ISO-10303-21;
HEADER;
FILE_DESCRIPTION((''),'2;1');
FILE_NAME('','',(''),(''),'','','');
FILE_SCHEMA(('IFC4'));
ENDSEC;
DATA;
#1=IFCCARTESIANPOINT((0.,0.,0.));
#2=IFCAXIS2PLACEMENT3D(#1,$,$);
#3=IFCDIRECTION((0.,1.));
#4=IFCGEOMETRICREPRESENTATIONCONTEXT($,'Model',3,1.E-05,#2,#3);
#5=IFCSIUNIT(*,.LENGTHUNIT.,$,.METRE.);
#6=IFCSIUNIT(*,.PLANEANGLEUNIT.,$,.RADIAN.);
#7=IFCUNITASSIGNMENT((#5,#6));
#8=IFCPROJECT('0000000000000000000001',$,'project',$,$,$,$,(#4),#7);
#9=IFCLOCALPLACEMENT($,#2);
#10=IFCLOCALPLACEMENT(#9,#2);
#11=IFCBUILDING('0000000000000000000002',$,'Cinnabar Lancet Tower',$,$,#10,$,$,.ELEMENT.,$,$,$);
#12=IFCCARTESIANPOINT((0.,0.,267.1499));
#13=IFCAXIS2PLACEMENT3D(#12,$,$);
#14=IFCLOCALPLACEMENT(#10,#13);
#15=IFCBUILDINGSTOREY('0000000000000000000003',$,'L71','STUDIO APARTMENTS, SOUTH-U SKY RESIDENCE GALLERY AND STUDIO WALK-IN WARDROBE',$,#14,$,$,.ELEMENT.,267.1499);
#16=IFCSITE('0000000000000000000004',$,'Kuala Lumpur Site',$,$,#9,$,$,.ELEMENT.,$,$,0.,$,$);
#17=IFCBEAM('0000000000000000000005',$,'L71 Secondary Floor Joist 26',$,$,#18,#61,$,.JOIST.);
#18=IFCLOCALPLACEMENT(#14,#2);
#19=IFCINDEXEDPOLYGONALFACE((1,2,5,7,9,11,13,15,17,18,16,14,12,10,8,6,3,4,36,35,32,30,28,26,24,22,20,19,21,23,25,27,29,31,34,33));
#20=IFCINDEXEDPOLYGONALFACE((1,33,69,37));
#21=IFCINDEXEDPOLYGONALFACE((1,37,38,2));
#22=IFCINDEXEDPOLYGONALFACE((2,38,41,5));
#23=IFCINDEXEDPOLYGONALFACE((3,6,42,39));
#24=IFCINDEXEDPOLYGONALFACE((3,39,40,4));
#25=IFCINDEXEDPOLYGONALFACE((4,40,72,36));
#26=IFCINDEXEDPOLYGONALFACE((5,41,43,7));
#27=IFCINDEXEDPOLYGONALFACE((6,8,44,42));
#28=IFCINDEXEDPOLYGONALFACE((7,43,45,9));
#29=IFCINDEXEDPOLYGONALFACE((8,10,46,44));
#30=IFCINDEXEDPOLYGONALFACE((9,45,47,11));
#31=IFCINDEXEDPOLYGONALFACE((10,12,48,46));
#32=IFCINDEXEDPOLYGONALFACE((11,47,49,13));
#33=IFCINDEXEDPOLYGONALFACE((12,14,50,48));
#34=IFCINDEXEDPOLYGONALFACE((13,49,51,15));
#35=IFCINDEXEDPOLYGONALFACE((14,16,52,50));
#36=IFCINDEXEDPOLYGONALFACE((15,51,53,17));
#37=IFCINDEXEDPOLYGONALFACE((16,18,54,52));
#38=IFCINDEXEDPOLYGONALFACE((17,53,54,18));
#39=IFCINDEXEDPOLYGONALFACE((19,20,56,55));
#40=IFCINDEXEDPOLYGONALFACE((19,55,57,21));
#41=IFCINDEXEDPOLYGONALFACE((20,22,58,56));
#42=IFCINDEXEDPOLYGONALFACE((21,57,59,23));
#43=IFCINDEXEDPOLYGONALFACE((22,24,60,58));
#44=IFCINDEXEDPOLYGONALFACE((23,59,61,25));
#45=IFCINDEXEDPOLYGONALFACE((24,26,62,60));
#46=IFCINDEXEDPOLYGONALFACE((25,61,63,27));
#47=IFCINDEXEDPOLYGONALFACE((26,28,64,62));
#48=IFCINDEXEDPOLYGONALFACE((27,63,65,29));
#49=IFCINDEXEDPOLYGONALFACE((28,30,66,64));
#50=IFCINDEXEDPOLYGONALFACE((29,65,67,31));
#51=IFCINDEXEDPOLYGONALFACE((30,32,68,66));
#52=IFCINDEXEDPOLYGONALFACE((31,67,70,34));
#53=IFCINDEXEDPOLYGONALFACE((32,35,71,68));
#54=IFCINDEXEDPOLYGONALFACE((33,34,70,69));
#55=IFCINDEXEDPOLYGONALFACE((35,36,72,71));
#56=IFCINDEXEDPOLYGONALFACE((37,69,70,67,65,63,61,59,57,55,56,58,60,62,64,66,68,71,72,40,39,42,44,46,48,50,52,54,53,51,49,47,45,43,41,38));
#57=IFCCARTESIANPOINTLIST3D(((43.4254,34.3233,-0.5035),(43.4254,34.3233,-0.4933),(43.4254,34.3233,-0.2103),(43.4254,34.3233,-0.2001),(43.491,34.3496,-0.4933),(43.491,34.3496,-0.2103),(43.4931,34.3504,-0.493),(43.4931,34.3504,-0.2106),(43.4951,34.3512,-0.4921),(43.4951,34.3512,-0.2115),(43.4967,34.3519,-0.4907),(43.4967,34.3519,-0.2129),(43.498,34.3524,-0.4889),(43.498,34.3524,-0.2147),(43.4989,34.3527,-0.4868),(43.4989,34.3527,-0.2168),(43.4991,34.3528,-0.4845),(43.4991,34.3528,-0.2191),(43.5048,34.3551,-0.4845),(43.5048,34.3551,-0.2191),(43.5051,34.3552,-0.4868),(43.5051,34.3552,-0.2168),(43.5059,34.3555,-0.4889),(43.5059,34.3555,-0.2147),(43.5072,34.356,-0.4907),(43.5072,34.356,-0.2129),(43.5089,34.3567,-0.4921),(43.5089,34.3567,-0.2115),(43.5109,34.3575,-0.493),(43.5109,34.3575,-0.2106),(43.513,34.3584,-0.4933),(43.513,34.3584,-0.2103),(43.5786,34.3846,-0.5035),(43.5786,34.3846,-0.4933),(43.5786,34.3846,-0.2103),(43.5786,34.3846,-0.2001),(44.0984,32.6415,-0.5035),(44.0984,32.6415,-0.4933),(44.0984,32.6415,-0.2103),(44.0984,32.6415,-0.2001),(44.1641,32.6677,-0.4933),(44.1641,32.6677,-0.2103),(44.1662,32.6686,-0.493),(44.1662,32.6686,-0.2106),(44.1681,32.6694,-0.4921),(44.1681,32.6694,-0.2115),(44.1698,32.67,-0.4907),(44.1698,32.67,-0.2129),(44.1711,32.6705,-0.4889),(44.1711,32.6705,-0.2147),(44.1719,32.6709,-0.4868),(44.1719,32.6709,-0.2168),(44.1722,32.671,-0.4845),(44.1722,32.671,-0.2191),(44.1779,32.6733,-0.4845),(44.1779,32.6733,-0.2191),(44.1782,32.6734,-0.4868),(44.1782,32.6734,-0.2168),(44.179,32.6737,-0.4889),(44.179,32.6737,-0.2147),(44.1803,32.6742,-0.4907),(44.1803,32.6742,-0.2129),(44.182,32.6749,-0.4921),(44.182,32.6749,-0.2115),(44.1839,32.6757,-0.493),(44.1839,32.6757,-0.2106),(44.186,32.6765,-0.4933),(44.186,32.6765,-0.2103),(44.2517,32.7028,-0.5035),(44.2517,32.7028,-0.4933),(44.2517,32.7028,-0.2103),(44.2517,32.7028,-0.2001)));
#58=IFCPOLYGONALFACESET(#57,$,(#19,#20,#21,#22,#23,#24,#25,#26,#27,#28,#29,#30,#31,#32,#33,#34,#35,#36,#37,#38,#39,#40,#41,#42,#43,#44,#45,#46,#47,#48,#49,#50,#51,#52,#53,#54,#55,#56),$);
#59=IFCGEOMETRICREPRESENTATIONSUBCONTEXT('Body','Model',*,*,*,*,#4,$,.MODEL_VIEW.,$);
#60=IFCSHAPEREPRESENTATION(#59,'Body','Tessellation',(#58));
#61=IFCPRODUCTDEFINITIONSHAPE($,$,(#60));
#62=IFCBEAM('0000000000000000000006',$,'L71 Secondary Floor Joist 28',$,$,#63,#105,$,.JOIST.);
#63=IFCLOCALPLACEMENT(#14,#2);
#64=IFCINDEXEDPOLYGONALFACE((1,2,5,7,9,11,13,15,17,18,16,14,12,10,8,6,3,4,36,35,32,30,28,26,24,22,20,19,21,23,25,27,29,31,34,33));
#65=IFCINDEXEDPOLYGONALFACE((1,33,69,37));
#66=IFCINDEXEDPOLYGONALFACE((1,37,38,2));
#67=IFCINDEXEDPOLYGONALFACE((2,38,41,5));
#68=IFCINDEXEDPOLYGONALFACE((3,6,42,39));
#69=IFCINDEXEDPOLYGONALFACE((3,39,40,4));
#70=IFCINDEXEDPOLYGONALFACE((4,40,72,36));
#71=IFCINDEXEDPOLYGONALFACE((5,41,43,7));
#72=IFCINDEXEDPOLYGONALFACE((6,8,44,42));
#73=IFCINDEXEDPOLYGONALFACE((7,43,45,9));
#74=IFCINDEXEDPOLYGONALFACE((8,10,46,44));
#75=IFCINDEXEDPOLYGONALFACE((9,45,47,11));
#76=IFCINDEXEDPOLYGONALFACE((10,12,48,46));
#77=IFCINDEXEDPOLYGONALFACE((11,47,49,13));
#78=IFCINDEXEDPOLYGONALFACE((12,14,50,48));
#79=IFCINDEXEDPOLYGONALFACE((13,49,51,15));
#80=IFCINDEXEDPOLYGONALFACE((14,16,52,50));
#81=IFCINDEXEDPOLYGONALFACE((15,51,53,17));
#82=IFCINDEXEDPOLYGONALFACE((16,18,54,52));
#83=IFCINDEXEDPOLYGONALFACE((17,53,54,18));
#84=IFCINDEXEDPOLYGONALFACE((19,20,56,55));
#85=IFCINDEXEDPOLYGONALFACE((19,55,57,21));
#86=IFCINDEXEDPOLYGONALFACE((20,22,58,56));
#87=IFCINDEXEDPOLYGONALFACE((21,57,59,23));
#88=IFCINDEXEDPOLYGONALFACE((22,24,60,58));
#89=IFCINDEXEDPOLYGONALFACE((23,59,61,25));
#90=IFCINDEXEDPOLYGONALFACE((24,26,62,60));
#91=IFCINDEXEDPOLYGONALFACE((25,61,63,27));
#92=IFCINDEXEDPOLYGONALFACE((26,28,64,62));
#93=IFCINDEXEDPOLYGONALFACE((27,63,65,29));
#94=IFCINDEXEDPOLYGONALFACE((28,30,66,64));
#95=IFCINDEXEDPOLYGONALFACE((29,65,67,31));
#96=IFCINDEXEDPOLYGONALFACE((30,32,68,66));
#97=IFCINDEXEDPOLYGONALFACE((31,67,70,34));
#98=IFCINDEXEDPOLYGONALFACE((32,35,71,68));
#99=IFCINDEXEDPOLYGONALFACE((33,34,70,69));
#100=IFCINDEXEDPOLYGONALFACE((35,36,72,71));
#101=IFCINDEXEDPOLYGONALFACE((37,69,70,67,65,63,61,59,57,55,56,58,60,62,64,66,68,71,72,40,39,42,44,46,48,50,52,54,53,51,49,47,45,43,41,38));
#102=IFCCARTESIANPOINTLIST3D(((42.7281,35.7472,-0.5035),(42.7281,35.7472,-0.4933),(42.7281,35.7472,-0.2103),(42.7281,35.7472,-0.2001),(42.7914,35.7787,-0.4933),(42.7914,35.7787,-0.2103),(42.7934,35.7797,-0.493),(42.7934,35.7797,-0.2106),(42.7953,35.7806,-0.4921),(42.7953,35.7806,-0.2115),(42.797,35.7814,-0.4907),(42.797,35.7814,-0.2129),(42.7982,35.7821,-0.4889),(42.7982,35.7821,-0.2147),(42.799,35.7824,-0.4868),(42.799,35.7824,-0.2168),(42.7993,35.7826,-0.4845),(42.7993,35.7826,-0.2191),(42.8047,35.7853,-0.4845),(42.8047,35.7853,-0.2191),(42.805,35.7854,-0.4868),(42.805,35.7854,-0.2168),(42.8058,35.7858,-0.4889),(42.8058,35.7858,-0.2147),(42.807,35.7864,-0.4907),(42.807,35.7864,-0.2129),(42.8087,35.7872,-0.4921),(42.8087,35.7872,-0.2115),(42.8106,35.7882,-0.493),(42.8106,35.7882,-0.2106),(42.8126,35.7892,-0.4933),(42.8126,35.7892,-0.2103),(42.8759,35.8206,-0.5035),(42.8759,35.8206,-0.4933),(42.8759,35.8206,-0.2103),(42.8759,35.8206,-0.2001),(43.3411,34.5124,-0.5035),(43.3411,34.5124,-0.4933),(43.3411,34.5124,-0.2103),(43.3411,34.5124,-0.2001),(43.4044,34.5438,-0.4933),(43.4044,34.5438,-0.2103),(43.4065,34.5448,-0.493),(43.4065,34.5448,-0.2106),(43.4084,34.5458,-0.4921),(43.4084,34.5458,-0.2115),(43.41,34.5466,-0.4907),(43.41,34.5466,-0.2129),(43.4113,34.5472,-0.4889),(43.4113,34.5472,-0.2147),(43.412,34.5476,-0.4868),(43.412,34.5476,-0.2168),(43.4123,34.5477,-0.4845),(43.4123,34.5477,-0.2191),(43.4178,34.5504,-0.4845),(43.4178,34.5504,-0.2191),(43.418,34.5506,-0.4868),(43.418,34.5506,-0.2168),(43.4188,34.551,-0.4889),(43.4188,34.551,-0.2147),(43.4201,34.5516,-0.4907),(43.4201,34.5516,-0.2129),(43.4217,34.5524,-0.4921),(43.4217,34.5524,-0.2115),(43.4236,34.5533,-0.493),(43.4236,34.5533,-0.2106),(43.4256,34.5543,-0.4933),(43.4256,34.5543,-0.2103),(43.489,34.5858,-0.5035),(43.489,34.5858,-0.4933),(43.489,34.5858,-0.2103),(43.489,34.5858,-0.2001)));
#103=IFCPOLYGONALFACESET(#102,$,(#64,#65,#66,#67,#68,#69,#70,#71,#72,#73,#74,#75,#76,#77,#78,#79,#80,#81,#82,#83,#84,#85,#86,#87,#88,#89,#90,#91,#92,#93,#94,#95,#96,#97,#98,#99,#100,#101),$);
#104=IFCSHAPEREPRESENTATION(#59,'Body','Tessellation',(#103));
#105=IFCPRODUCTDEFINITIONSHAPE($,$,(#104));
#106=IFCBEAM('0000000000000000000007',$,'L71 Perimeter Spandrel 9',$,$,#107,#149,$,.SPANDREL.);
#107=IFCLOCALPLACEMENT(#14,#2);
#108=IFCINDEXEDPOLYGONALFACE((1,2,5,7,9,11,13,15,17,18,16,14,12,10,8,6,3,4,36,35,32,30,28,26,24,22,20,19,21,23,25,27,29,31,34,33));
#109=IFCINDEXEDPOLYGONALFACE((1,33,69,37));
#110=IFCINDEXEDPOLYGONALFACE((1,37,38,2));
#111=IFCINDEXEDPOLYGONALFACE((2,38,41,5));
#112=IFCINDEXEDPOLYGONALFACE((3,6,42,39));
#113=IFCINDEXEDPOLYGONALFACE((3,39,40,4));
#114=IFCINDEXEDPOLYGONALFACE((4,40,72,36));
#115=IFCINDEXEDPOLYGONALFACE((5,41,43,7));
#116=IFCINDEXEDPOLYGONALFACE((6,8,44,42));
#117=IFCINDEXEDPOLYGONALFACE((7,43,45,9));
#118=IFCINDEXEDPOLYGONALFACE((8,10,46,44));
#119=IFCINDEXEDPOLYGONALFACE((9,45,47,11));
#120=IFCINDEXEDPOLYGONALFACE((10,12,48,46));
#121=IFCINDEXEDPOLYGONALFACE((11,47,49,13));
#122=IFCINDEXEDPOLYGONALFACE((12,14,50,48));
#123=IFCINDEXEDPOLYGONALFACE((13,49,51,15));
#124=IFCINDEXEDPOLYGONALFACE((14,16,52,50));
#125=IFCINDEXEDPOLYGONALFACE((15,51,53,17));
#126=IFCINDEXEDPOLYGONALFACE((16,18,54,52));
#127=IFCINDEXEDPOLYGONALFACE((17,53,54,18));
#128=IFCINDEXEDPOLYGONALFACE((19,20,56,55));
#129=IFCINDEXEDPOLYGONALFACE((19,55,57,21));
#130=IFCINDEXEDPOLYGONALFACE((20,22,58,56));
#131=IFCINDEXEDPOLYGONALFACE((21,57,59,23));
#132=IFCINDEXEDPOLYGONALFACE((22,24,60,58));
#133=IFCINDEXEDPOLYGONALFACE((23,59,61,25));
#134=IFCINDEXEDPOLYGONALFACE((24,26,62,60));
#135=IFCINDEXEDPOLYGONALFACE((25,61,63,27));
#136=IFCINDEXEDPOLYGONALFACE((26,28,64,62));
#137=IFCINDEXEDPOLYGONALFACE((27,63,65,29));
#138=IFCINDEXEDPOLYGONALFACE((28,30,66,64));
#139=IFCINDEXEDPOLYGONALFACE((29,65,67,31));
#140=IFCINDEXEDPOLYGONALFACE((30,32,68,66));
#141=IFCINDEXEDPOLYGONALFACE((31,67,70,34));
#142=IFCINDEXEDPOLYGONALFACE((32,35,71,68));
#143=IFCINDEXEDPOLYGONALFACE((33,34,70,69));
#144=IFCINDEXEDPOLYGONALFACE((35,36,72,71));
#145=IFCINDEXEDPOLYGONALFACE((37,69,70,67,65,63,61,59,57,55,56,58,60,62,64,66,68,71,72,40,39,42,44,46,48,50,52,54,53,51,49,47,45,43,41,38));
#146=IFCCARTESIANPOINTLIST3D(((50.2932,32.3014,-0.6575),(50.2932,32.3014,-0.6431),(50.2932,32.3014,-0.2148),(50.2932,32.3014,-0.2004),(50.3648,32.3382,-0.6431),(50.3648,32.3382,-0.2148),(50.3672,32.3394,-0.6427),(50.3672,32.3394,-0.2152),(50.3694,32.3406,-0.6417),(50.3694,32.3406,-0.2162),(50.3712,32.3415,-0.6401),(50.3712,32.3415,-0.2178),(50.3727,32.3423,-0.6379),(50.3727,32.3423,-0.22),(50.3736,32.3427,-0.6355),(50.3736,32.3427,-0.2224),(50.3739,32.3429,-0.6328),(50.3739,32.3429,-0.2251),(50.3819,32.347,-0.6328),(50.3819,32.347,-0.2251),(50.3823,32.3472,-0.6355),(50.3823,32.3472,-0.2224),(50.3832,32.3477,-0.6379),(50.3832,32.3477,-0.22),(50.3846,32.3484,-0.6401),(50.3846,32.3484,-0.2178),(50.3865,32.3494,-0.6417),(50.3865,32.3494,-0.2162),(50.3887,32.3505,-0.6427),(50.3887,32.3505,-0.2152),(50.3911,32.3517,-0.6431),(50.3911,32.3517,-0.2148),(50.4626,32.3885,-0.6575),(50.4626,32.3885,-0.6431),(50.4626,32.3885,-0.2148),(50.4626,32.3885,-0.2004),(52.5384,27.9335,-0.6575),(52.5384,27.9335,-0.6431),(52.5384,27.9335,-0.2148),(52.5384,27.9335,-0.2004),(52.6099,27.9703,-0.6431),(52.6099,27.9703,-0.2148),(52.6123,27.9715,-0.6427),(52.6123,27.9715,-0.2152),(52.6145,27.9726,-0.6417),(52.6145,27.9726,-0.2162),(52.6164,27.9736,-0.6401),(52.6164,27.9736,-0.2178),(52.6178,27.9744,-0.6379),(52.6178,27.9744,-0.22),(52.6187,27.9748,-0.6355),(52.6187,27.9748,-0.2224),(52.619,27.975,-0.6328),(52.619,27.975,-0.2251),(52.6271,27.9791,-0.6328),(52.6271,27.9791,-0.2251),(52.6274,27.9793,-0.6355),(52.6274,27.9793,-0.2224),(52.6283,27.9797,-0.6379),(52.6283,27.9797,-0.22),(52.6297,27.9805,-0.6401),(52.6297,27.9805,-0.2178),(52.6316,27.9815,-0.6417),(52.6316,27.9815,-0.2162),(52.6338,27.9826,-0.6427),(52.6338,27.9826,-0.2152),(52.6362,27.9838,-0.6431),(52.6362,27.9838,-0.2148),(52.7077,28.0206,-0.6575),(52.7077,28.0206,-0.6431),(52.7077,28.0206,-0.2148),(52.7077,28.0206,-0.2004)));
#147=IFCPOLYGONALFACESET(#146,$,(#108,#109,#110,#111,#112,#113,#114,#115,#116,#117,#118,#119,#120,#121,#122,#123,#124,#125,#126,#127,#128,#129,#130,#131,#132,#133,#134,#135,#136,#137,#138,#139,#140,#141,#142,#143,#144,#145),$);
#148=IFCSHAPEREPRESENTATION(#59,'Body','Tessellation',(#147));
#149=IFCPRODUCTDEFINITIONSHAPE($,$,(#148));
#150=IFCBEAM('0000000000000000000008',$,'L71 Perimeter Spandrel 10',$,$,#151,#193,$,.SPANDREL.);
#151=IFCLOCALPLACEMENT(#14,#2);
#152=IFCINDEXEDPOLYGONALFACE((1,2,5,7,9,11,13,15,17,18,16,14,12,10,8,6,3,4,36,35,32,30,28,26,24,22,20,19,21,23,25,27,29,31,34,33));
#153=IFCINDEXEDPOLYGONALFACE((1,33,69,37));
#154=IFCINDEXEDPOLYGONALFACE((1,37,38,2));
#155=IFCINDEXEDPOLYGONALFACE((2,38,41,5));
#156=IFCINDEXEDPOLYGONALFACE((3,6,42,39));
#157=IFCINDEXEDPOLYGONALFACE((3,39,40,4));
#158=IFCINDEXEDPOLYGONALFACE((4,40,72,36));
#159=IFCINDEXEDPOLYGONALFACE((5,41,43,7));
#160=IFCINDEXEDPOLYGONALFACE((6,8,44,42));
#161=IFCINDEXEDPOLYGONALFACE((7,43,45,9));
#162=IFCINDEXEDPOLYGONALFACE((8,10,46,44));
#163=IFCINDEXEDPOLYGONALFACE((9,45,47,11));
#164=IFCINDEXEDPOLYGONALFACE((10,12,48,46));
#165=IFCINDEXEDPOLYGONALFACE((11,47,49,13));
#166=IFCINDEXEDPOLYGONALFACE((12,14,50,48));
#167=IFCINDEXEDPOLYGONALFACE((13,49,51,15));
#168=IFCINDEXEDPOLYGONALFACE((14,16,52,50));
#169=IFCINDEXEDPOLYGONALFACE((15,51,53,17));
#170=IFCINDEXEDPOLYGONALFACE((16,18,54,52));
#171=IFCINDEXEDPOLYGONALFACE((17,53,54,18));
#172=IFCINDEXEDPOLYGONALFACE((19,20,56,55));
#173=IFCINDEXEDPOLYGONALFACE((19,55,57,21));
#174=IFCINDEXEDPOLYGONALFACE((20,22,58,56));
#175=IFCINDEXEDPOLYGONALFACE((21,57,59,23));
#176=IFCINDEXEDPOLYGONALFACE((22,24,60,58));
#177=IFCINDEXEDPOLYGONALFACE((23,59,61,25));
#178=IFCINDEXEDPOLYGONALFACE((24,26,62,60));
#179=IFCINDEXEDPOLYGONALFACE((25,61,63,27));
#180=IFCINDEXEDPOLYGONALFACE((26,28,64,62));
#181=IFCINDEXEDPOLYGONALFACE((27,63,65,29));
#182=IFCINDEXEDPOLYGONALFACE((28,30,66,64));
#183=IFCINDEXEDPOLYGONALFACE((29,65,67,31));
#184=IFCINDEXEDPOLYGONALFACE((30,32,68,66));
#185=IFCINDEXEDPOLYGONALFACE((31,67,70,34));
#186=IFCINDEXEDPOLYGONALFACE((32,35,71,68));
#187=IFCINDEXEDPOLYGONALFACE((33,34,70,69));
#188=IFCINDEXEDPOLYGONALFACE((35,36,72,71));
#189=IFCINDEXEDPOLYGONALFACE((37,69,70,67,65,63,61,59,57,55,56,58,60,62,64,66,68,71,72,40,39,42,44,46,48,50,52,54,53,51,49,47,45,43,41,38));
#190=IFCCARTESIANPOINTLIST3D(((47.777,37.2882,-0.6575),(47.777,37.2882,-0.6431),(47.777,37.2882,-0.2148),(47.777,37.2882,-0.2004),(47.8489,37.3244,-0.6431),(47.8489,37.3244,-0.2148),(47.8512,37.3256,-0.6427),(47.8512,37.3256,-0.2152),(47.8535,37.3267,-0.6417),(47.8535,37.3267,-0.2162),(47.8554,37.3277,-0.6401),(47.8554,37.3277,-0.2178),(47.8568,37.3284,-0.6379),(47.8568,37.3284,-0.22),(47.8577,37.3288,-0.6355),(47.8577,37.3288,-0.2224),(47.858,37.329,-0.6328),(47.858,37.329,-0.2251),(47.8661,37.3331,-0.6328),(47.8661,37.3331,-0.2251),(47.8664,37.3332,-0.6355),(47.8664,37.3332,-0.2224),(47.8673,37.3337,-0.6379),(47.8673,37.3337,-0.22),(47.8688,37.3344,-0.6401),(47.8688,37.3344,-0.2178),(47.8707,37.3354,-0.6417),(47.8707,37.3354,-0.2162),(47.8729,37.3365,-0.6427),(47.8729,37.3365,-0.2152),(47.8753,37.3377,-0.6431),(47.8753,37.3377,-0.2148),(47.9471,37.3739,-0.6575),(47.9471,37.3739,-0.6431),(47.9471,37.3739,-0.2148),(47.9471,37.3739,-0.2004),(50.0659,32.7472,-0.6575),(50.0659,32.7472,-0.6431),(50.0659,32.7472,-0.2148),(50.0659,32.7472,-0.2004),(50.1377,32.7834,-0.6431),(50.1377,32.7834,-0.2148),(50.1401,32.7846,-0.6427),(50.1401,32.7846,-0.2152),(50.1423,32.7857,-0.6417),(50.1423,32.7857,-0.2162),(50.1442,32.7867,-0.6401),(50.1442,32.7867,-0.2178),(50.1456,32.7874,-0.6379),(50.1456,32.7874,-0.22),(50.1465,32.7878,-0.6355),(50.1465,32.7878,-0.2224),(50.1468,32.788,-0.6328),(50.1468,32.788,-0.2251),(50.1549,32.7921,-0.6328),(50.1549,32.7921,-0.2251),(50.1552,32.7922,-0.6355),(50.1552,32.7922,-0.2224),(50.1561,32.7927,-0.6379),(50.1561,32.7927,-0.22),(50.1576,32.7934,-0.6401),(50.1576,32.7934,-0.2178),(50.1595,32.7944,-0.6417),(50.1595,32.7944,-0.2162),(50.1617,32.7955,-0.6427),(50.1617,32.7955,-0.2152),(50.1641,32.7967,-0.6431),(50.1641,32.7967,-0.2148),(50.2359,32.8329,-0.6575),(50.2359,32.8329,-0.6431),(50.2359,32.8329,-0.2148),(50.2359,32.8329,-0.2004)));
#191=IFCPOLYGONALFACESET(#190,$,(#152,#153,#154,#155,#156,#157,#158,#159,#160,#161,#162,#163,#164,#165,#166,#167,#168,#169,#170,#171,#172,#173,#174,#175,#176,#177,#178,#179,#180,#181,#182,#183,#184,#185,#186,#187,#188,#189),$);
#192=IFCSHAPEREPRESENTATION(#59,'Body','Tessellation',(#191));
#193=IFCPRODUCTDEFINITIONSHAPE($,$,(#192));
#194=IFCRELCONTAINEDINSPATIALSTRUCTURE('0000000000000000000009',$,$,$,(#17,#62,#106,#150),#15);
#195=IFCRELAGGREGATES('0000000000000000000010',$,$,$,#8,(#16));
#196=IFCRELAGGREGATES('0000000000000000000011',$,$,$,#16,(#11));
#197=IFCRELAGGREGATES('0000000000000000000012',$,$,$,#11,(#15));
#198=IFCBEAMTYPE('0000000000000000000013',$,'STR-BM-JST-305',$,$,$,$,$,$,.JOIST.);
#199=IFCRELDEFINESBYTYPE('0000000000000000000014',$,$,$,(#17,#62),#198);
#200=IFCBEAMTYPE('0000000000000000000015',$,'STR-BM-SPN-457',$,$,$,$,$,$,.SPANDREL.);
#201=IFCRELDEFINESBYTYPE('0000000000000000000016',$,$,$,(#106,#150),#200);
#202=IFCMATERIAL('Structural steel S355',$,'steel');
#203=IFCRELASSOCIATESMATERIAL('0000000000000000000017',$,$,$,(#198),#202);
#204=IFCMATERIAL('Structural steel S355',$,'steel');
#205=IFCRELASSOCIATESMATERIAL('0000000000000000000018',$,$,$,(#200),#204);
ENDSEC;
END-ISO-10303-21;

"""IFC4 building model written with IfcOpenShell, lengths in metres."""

from ifc_helpers import new_model, si_unit, direction, frame, origin, origin_2d, place, context, subcontext, project, spatial, i_section, extrude, material, material_profile, profile_set, type_object, element, save


model = new_model("IFC4")

# Units and contexts
model_context = context("Model", 3, precision=1e-05, world=origin(), true_north=direction((0.0, 1.0)))
body_context = subcontext(model_context, "Body", "Model", "MODEL_VIEW")
ifc_project = project(units=[si_unit("LENGTHUNIT", "METRE"), si_unit("PLANEANGLEUNIT", "RADIAN")], contexts=[model_context])

# Site, building, storey
site_placement = place(None, origin())
site = spatial("IfcSite", under=ifc_project, at=site_placement, Name="Kuala Lumpur Site", CompositionType="ELEMENT", RefElevation=0.0)
building_placement = place(site_placement, origin())
building = spatial("IfcBuilding", under=site, at=building_placement, Name="Cinnabar Lancet Tower", CompositionType="ELEMENT")
storey_placement = place(building_placement, frame((0.0, 0.0, 267.1499)))
storey = spatial("IfcBuildingStorey", under=building, at=storey_placement, Name="L71", Description="STUDIO APARTMENTS, SOUTH-U SKY RESIDENCE GALLERY AND STUDIO WALK-IN WARDROBE", CompositionType="ELEMENT", Elevation=267.1499)

# Beams
ifc_material_1 = material(Name="Structural steel S355", Category="steel")
ifc_material_profile_1 = material_profile(ifc_material_1, i_section(OverallWidth=0.165, OverallDepth=0.3035, WebThickness=0.0061, FlangeThickness=0.0103, FilletRadius=0.0088, at=origin_2d()), Name="UKB 305x165x40")
ifc_profile_set_1 = profile_set([ifc_material_profile_1], Name="Structural steel S355")
beam_type_1 = type_object("IfcBeamType", Name="STR-BM-JST-305", PredefinedType="JOIST", material=ifc_profile_set_1)
beam_1_placement = place(storey_placement, frame((44.175, 32.6721, -0.3518), z_axis=(-0.371553, 0.928412, 0.0), x_axis=(-0.928412, -0.371553, 0.0)))
element("IfcBeam", 1, at=beam_1_placement, inside=storey, type_object=beam_type_1, Name="L71 Secondary Floor Joist 26", PredefinedType="JOIST", context=body_context, shape_type="SweptSolid", body=[
    extrude(i_section(OverallWidth=0.165, OverallDepth=0.3035, WebThickness=0.0061, FlangeThickness=0.0103, FilletRadius=0.0088, at=origin_2d()), origin(), (0.0, 0.0, 1.0), 1.8115),
])
beam_2_placement = place(storey_placement, frame((43.415, 34.5491, -0.3518), z_axis=(-0.444662, 0.895699, 0.0), x_axis=(-0.895699, -0.444662, 0.0)))
element("IfcBeam", 2, at=beam_2_placement, inside=storey, type_object=beam_type_1, Name="L71 Secondary Floor Joist 28", PredefinedType="JOIST", context=body_context, shape_type="SweptSolid", body=[
    extrude(i_section(OverallWidth=0.165, OverallDepth=0.3035, WebThickness=0.0061, FlangeThickness=0.0103, FilletRadius=0.0088, at=origin_2d()), origin(), (0.0, 0.0, 1.0), 1.3787),
])
ifc_material_2 = material(Name="Structural steel S355", Category="steel")
ifc_material_profile_2 = material_profile(ifc_material_2, i_section(OverallWidth=0.1904, OverallDepth=0.457, WebThickness=0.009, FlangeThickness=0.0144, FilletRadius=0.0103, at=origin_2d()), Name="UKB 457x191x74")
ifc_profile_set_2 = profile_set([ifc_material_profile_2], Name="Structural steel S355")
beam_type_2 = type_object("IfcBeamType", Name="STR-BM-SPN-457", PredefinedType="SPANDREL", material=ifc_profile_set_2)
beam_3_placement = place(storey_placement, frame((52.623, 27.9771, -0.429), z_axis=(-0.457148, 0.889391, 0.0), x_axis=(-0.889391, -0.457148, 0.0)))
element("IfcBeam", 3, at=beam_3_placement, inside=storey, type_object=beam_type_2, Name="L71 Perimeter Spandrel 9", PredefinedType="SPANDREL", context=body_context, shape_type="SweptSolid", body=[
    extrude(i_section(OverallWidth=0.1904, OverallDepth=0.457, WebThickness=0.009, FlangeThickness=0.0144, FilletRadius=0.0103, at=origin_2d()), origin(), (0.0, 0.0, 1.0), 4.9111),
])
beam_4_placement = place(storey_placement, frame((50.1509, 32.79, -0.429), z_axis=(-0.450092, 0.892982, 0.0), x_axis=(-0.892982, -0.450092, 0.0)))
element("IfcBeam", 4, at=beam_4_placement, inside=storey, type_object=beam_type_2, Name="L71 Perimeter Spandrel 10", PredefinedType="SPANDREL", context=body_context, shape_type="SweptSolid", body=[
    extrude(i_section(OverallWidth=0.1904, OverallDepth=0.457, WebThickness=0.009, FlangeThickness=0.0144, FilletRadius=0.0103, at=origin_2d()), origin(), (0.0, 0.0, 1.0), 5.0852),
])

save(model, "model.ifc")
